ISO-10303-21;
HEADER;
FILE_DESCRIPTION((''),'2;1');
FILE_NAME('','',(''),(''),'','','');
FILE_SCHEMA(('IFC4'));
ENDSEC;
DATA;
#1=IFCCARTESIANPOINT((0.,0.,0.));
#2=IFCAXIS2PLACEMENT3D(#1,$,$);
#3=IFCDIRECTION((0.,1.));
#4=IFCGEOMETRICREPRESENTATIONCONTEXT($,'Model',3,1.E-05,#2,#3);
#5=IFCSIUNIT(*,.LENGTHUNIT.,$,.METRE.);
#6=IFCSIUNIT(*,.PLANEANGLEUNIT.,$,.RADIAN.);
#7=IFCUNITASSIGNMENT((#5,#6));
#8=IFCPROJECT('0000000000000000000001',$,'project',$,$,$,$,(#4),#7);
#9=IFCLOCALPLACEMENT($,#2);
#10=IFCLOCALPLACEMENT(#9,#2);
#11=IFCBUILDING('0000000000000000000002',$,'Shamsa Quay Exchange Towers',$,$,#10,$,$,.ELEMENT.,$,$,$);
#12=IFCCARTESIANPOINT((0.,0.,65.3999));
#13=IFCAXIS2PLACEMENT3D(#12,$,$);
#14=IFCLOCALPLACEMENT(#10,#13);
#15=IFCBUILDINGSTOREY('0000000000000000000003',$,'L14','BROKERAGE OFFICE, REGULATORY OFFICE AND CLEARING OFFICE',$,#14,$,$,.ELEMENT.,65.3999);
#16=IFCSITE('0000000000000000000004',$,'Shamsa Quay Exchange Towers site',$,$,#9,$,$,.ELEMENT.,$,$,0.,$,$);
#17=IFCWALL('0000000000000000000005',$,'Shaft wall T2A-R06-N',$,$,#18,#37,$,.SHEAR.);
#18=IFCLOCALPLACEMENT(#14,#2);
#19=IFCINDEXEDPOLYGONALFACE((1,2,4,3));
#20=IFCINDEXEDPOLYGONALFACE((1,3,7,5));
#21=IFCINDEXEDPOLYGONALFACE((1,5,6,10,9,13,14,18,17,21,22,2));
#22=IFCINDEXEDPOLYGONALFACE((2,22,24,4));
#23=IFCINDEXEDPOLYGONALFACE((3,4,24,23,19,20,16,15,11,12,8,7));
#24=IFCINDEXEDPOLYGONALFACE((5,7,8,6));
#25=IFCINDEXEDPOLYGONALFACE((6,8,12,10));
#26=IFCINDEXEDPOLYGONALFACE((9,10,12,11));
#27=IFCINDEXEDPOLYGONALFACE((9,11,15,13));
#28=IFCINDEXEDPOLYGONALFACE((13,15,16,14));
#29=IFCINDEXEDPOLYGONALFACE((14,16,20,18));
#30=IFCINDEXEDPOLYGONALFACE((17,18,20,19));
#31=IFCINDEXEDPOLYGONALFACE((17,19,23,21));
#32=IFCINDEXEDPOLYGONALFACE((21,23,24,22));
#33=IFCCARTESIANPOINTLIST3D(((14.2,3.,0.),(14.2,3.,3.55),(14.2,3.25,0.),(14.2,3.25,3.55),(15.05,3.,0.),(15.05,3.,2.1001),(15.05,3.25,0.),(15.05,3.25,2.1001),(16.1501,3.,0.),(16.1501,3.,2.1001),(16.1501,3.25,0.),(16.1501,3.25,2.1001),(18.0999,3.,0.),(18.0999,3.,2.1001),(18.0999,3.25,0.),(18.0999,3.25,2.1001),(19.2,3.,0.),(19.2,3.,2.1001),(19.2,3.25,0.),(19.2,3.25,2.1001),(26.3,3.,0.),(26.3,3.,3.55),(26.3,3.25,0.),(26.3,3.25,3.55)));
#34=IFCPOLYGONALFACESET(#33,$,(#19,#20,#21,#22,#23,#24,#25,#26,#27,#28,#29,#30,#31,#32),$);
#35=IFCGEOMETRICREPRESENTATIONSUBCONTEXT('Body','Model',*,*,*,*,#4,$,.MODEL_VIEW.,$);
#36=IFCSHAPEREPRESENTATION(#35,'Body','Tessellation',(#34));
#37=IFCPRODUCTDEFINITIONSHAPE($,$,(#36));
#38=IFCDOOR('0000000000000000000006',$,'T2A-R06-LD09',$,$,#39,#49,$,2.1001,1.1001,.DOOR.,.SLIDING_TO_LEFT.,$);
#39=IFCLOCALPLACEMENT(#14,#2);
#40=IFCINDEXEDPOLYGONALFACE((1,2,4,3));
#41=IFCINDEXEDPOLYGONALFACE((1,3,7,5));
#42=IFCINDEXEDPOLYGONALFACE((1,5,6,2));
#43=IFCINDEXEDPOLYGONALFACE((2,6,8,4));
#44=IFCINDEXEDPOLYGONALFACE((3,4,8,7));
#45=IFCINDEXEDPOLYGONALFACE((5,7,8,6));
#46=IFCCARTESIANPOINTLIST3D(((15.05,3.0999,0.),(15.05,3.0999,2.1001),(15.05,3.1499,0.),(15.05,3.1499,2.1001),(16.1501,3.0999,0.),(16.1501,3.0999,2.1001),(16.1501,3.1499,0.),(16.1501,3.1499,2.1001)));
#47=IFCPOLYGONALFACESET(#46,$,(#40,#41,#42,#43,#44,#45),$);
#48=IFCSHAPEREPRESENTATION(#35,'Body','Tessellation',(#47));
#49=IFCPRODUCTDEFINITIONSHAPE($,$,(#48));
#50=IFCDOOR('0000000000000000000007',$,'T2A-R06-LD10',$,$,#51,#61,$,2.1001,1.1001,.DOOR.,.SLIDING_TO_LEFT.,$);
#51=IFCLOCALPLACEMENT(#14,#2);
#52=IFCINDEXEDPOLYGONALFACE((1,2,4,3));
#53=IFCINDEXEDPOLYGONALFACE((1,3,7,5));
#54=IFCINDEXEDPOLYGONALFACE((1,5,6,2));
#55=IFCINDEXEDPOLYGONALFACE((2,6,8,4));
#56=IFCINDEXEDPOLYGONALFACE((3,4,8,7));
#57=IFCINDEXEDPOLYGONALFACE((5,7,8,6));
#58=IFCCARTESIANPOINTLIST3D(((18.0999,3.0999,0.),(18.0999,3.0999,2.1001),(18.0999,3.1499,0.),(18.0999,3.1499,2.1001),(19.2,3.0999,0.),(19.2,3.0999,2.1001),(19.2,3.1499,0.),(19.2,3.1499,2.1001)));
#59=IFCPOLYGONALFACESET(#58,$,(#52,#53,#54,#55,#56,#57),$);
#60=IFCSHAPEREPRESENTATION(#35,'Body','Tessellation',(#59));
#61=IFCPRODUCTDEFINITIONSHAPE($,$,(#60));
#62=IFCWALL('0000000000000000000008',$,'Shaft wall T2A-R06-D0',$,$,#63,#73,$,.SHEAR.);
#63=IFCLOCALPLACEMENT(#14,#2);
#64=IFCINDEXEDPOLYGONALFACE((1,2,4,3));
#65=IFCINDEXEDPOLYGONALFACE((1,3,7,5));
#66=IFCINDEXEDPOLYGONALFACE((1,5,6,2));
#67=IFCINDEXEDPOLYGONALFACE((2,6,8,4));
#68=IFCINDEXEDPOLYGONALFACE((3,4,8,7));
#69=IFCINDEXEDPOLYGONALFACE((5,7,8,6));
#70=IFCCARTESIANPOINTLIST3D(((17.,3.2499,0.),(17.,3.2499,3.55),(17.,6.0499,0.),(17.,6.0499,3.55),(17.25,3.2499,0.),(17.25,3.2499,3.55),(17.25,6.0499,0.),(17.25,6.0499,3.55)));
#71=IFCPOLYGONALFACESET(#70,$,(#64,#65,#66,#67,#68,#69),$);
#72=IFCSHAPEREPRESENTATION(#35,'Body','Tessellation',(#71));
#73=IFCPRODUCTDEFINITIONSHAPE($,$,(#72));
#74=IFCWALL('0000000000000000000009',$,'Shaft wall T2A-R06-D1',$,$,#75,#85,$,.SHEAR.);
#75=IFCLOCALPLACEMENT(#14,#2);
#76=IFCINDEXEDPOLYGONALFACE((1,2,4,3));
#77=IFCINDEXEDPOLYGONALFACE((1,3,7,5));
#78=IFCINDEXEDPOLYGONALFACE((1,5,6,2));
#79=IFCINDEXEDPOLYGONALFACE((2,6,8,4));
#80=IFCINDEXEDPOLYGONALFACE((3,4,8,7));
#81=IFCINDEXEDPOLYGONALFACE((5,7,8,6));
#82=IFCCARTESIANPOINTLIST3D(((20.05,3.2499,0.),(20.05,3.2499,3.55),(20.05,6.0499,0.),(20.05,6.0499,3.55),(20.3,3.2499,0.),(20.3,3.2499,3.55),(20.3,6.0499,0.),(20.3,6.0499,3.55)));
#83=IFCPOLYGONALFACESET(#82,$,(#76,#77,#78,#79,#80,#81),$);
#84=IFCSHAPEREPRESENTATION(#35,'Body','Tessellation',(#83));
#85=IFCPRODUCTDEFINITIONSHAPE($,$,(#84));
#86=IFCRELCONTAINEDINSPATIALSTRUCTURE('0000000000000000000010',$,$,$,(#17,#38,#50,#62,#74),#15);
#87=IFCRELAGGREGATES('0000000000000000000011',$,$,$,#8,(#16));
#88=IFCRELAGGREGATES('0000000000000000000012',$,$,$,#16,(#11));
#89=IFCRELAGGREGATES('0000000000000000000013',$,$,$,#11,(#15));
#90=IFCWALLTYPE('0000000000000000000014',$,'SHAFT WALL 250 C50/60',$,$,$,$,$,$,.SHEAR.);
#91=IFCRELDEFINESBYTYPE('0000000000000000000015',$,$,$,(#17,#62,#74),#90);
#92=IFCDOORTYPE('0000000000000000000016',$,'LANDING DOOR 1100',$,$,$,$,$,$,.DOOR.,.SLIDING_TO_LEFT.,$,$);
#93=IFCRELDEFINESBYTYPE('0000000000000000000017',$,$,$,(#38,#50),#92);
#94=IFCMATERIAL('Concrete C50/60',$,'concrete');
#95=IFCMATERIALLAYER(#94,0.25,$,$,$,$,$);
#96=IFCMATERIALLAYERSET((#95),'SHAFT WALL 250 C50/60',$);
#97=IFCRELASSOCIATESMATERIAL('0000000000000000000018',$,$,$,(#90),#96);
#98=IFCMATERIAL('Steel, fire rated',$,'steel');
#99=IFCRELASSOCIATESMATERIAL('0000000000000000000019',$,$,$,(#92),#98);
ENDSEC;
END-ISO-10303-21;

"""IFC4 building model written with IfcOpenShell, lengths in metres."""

from ifc_helpers import new_model, si_unit, direction, frame, frame_2d, origin, place, context, subcontext, project, spatial, rectangle, extrude, material, layer, layer_set, type_object, element, fill, save


model = new_model("IFC4")

# Units and contexts
model_context = context("Model", 3, precision=1e-05, world=origin(), true_north=direction((0.0, 1.0)))
body_context = subcontext(model_context, "Body", "Model", "MODEL_VIEW")
ifc_project = project(units=[si_unit("LENGTHUNIT", "METRE"), si_unit("PLANEANGLEUNIT", "RADIAN")], contexts=[model_context])

# Site, building, storey
site_placement = place(None, origin())
site = spatial("IfcSite", under=ifc_project, at=site_placement, Name="Shamsa Quay Exchange Towers site", CompositionType="ELEMENT", RefElevation=0.0)
building_placement = place(site_placement, origin())
building = spatial("IfcBuilding", under=site, at=building_placement, Name="Shamsa Quay Exchange Towers", CompositionType="ELEMENT")
storey_placement = place(building_placement, frame((0.0, 0.0, 65.3999)))
storey = spatial("IfcBuildingStorey", under=building, at=storey_placement, Name="L14", Description="BROKERAGE OFFICE, REGULATORY OFFICE AND CLEARING OFFICE", CompositionType="ELEMENT", Elevation=65.3999)

# Shared definitions
ifc_material_1 = material(Name="Concrete C50/60", Category="concrete")

# Shared definitions
ifc_material_2 = material(Name="Steel, fire rated", Category="steel")

# Wall, openings, doors
ifc_layer_1 = layer(ifc_material_1, 0.25)
ifc_layer_set_1 = layer_set([ifc_layer_1], Name="SHAFT WALL 250 C50/60")
wall_type_1 = type_object("IfcWallType", Name="SHAFT WALL 250 C50/60", PredefinedType="SHEAR", material=ifc_layer_set_1)
wall_1_placement = place(storey_placement, frame((14.2, 3.125, 0.0)))
wall_1 = element("IfcWall", 1, at=wall_1_placement, inside=storey, type_object=wall_type_1, Name="Shaft wall T2A-R06-N", PredefinedType="SHEAR", context=body_context, shape_type="SweptSolid", body=[
    extrude(rectangle(XDim=12.1001, YDim=0.25, at=frame_2d((6.05, 0.0))), origin(), (0.0, 0.0, 1.0), 3.55),
])
opening_1_placement = place(wall_1_placement, frame((0.8501, 0.0, 0.0)))
opening_1 = element("IfcOpeningElement", 2, at=opening_1_placement, cuts=wall_1, PredefinedType="OPENING", context=body_context, shape_type="SweptSolid", body=[
    extrude(rectangle(XDim=1.1001, YDim=2.1001, at=frame_2d((0.55, 1.05))), frame((0.0, 0.135, 0.0), z_axis=(0.0, -1.0, 0.0), x_axis=(1.0, 0.0, 0.0)), (0.0, 0.0, 1.0), 0.27),
])
opening_2_placement = place(wall_1_placement, frame((3.8999, 0.0, 0.0)))
opening_2 = element("IfcOpeningElement", 3, at=opening_2_placement, cuts=wall_1, PredefinedType="OPENING", context=body_context, shape_type="SweptSolid", body=[
    extrude(rectangle(XDim=1.1001, YDim=2.1001, at=frame_2d((0.55, 1.05))), frame((0.0, 0.135, 0.0), z_axis=(0.0, -1.0, 0.0), x_axis=(1.0, 0.0, 0.0)), (0.0, 0.0, 1.0), 0.27),
])
door_type_1 = type_object("IfcDoorType", Name="LANDING DOOR 1100", OperationType="SLIDING_TO_LEFT", PredefinedType="DOOR", material=ifc_material_2)
door_1_placement = place(opening_1_placement, origin())
door_1 = element("IfcDoor", 4, at=door_1_placement, inside=storey, type_object=door_type_1, Name="T2A-R06-LD09", OperationType="SLIDING_TO_LEFT", OverallHeight=2.1001, OverallWidth=1.1001, PredefinedType="DOOR", context=body_context, shape_type="SweptSolid", body=[
    extrude(rectangle(XDim=1.1001, YDim=2.1001, at=frame_2d((0.55, 1.05))), frame((0.0, 0.0249, 0.0), z_axis=(0.0, -1.0, 0.0), x_axis=(1.0, 0.0, 0.0)), (0.0, 0.0, 1.0), 0.05),
])
fill(opening_1, door_1)
door_2_placement = place(opening_2_placement, origin())
door_2 = element("IfcDoor", 5, at=door_2_placement, inside=storey, type_object=door_type_1, Name="T2A-R06-LD10", OperationType="SLIDING_TO_LEFT", OverallHeight=2.1001, OverallWidth=1.1001, PredefinedType="DOOR", context=body_context, shape_type="SweptSolid", body=[
    extrude(rectangle(XDim=1.1001, YDim=2.1001, at=frame_2d((0.55, 1.05))), frame((0.0, 0.0249, 0.0), z_axis=(0.0, -1.0, 0.0), x_axis=(1.0, 0.0, 0.0)), (0.0, 0.0, 1.0), 0.05),
])
fill(opening_2, door_2)

# Walls
for number, where, z_axis, x_axis, name in (
    (6, (17.125, 3.25, 0.0), (0.0, 0.0, 1.0), (0.0, 1.0, 0.0), "Shaft wall T2A-R06-D0"),
    (7, (20.175, 3.25, 0.0), (0.0, 0.0, 1.0), (0.0, 1.0, 0.0), "Shaft wall T2A-R06-D1"),
):
    element("IfcWall", number, at=place(storey_placement, frame(where, z_axis=z_axis, x_axis=x_axis)), inside=storey, type_object=wall_type_1, Name=name, PredefinedType="SHEAR", context=body_context, shape_type="SweptSolid", body=[
        extrude(rectangle(XDim=2.8, YDim=0.25, at=frame_2d((1.3999, 0.0))), origin(), (0.0, 0.0, 1.0), 3.55),
    ])

save(model, "model.ifc")
